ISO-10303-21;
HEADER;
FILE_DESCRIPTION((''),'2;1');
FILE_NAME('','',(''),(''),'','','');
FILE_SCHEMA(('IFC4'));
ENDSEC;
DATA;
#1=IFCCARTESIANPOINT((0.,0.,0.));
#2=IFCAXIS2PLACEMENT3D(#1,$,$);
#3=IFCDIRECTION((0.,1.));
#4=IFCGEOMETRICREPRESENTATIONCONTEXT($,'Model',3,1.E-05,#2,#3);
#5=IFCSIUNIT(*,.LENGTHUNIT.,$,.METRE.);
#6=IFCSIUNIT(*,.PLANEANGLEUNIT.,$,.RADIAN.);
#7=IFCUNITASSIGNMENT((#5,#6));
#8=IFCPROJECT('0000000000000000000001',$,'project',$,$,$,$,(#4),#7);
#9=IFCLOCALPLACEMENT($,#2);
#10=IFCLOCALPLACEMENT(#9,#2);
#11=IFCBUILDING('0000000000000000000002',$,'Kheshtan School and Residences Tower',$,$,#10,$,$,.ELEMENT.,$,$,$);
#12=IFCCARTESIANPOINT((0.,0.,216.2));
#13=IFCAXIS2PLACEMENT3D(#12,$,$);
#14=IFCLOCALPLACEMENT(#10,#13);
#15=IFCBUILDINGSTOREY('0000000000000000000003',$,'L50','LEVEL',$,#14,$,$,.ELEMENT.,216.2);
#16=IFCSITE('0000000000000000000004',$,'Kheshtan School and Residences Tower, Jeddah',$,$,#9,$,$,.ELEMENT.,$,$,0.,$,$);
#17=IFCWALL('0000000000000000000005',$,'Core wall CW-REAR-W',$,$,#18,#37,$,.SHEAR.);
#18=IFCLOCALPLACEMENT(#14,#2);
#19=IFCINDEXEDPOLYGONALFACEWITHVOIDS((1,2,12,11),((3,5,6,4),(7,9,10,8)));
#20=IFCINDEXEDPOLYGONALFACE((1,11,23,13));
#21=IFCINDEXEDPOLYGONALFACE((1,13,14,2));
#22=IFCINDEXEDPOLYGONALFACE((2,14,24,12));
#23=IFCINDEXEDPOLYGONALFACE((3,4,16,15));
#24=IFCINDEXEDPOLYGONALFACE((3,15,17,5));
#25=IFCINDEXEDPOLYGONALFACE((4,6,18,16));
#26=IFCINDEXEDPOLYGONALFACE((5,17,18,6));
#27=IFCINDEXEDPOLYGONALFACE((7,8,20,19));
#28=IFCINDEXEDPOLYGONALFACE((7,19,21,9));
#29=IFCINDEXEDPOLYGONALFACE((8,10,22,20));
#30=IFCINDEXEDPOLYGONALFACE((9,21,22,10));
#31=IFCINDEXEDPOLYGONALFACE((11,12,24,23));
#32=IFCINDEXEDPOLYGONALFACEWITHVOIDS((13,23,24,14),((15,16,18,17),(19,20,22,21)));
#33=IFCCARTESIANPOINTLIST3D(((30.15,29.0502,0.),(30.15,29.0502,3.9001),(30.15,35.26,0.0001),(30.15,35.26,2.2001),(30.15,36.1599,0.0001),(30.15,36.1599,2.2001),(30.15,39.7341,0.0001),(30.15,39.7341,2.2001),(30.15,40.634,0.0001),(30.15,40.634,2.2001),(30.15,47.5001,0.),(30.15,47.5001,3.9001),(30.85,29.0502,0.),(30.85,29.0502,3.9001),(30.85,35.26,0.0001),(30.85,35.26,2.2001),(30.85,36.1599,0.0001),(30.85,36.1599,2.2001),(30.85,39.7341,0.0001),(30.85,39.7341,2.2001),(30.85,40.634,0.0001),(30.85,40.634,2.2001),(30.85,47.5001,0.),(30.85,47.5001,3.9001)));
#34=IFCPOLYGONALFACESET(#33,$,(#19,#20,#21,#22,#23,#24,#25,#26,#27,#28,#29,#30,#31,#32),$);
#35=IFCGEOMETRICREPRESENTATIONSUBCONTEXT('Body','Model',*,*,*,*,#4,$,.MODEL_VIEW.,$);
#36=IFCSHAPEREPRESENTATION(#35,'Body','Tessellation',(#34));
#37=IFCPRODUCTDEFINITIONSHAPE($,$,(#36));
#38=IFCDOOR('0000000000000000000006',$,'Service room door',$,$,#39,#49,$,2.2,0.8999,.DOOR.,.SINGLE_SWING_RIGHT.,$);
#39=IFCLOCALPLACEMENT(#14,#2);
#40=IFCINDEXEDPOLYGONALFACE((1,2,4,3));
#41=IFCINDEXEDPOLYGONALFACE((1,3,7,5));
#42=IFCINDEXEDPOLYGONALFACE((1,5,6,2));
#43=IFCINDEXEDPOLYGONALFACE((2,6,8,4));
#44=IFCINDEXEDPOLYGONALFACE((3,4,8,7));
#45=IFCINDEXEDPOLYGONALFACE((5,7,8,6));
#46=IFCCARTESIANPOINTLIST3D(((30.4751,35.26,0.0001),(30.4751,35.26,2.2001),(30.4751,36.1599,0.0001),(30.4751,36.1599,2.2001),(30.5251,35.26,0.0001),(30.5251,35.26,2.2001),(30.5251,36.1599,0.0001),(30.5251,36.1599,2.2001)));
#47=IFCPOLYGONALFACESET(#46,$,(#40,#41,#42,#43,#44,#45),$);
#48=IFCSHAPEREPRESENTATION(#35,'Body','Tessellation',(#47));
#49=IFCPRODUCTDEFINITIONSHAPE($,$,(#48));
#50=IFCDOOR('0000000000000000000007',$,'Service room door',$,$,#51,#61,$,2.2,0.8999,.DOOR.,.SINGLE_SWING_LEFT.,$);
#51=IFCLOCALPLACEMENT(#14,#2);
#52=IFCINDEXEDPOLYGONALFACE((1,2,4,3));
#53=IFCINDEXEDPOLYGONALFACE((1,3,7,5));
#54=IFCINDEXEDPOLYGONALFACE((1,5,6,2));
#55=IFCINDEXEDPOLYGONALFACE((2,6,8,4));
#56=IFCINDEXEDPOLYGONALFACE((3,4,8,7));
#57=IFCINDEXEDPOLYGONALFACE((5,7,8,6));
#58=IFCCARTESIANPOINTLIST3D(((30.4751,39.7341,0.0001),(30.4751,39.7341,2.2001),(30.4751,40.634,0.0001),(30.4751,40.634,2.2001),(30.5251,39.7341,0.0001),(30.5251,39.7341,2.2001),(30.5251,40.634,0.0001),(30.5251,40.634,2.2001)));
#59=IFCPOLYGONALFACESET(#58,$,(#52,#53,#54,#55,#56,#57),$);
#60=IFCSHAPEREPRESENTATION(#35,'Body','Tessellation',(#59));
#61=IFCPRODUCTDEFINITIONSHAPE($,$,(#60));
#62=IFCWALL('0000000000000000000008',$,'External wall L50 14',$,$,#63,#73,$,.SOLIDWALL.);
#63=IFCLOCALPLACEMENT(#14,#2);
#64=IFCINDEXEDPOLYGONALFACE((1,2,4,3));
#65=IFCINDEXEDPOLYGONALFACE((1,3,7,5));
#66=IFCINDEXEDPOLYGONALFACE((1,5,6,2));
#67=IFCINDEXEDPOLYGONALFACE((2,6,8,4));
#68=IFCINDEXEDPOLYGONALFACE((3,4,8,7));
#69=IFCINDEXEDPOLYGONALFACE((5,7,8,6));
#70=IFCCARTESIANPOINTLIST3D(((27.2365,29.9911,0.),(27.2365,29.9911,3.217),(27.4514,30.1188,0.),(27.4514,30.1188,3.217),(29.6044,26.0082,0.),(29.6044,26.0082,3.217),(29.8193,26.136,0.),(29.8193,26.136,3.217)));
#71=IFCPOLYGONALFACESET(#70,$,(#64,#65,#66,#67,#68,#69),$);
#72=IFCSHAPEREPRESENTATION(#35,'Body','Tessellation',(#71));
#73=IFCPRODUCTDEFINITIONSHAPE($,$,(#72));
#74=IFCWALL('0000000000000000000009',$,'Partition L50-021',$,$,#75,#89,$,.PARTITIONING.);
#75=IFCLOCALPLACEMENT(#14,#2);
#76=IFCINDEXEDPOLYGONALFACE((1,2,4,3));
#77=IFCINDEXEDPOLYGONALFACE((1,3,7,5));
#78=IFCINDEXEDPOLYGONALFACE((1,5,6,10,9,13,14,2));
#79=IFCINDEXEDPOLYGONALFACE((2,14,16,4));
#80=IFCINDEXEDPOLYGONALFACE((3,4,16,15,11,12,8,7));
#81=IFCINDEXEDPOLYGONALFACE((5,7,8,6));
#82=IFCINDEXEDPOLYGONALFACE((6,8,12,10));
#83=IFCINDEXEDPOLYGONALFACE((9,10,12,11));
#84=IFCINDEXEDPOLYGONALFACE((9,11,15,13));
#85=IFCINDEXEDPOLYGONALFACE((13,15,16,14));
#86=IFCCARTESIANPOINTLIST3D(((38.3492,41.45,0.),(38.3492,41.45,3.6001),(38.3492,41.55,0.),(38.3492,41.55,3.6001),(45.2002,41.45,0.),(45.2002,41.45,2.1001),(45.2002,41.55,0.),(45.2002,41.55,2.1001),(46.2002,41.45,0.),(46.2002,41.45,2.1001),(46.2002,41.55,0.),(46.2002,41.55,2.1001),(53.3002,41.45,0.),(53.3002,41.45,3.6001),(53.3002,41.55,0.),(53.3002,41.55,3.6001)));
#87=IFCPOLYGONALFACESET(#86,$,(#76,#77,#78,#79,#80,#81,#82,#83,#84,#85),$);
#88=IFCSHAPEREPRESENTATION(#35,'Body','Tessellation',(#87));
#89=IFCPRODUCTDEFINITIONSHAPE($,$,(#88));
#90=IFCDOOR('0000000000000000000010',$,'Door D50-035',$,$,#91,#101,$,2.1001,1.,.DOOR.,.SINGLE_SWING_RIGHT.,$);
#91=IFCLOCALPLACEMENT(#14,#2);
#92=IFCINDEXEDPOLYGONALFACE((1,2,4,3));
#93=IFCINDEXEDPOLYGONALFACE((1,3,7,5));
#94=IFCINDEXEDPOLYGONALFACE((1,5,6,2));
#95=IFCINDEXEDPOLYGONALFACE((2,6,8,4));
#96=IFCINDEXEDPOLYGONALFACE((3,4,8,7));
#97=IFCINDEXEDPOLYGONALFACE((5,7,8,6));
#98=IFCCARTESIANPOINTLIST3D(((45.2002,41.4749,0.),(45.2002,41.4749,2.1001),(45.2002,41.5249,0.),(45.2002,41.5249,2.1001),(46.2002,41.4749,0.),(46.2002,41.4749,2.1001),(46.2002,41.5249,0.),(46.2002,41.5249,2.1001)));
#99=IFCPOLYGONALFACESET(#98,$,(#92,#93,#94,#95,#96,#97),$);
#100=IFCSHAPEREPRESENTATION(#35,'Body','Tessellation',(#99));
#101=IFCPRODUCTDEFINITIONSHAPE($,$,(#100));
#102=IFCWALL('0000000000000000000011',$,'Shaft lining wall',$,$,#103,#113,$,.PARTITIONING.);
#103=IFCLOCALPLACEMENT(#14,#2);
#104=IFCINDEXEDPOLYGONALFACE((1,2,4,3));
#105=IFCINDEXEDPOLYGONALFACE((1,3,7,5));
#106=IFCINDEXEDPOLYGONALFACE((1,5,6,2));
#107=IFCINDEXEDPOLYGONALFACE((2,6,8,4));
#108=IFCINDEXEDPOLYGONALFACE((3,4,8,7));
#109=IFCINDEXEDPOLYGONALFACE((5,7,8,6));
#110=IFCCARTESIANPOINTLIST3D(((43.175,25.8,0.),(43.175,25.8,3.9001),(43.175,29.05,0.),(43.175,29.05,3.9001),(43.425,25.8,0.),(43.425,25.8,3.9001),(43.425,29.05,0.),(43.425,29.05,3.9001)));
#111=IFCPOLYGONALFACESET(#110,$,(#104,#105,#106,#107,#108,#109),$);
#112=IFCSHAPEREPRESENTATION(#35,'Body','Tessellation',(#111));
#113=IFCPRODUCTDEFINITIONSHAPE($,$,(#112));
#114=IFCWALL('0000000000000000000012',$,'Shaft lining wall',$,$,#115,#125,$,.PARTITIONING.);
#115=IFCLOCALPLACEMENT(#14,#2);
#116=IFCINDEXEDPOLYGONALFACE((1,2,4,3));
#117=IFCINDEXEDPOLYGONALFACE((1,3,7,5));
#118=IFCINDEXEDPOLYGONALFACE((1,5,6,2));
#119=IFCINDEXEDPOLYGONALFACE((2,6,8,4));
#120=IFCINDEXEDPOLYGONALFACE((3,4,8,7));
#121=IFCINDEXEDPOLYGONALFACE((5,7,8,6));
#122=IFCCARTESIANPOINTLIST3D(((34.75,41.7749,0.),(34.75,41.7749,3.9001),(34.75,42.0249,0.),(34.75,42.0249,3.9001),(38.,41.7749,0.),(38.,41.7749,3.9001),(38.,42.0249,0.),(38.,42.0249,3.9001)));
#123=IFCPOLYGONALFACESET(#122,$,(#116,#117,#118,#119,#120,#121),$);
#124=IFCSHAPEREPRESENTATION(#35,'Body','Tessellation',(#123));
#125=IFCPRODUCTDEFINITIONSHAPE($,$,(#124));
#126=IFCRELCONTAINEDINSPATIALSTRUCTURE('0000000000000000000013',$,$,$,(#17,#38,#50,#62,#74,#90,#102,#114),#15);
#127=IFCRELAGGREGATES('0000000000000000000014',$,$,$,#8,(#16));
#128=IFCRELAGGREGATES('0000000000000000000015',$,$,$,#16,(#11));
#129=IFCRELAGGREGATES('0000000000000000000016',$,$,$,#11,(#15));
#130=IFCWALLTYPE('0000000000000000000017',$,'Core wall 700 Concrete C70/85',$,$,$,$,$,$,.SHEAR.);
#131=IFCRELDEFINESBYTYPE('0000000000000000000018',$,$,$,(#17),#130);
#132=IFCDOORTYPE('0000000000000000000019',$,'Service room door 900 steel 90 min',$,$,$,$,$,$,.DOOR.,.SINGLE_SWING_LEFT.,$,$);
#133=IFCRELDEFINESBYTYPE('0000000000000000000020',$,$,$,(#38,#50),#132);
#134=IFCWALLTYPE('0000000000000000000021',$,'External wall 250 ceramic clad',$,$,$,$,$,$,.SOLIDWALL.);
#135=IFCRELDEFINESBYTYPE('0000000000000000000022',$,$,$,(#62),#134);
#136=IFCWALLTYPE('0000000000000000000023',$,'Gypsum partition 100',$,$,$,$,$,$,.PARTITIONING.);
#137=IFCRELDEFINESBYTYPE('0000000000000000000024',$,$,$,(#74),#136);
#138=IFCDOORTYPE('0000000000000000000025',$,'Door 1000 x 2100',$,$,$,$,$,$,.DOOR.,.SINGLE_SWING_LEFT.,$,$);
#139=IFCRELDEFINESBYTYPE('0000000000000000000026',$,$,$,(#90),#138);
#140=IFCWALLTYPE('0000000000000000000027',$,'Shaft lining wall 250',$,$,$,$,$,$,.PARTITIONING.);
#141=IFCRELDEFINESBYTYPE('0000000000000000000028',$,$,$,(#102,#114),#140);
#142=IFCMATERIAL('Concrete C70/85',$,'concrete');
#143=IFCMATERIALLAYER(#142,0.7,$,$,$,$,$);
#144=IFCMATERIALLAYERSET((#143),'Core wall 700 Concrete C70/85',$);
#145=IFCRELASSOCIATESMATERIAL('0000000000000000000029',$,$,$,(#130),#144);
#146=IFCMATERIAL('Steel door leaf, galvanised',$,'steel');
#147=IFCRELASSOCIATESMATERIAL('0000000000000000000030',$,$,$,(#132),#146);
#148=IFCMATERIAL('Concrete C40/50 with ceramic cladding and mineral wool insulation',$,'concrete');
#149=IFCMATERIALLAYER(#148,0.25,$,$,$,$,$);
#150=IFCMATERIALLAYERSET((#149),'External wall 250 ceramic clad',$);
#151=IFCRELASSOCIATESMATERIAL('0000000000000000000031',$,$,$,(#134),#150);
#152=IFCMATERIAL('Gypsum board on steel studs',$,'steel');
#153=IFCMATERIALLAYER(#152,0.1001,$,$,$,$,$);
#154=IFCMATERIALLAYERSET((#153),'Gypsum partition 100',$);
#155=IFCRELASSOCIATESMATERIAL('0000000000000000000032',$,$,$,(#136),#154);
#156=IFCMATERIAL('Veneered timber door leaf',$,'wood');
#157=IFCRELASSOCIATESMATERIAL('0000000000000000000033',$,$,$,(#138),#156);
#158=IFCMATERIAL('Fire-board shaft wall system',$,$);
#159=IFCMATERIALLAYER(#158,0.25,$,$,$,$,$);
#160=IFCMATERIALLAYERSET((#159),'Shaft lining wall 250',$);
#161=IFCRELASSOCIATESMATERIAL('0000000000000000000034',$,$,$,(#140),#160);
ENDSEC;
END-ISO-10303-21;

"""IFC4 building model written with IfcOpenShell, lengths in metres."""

from ifc_helpers import new_model, si_unit, direction, frame, frame_2d, origin, place, context, subcontext, project, spatial, rectangle, extrude, source, transform, mapped, material, layer, layer_set, type_object, element, fill, save


model = new_model("IFC4")

# Units and contexts
model_context = context("Model", 3, precision=1e-05, world=origin(), true_north=direction((0.0, 1.0)))
body_context = subcontext(model_context, "Body", "Model", "MODEL_VIEW")
ifc_project = project(units=[si_unit("LENGTHUNIT", "METRE"), si_unit("PLANEANGLEUNIT", "RADIAN")], contexts=[model_context])

# Site, building, storey
site_placement = place(None, origin())
site = spatial("IfcSite", under=ifc_project, at=site_placement, Name="Kheshtan School and Residences Tower, Jeddah", CompositionType="ELEMENT", RefElevation=0.0)
building_placement = place(site_placement, origin())
building = spatial("IfcBuilding", under=site, at=building_placement, Name="Kheshtan School and Residences Tower", CompositionType="ELEMENT")
storey_placement = place(building_placement, frame((0.0, 0.0, 216.2)))
storey = spatial("IfcBuildingStorey", under=building, at=storey_placement, Name="L50", Description="LEVEL", CompositionType="ELEMENT", Elevation=216.2)

# Shared definitions
ifc_material_1 = material(Name="Steel door leaf, galvanised", Category="steel")

# Shared definitions
ifc_material_2 = material(Name="Concrete C70/85", Category="concrete")
ifc_layer_1 = layer(ifc_material_2, 0.7)
ifc_layer_set_1 = layer_set([ifc_layer_1], Name="Core wall 700 Concrete C70/85")
wall_type_1 = type_object("IfcWallType", Name="Core wall 700 Concrete C70/85", PredefinedType="SHEAR", material=ifc_layer_set_1)

# Wall, openings, doors
wall_1_placement = place(storey_placement, frame((30.5, 29.05, 0.0), z_axis=(0.0, 0.0, 1.0), x_axis=(0.0, 1.0, 0.0)))
wall_1 = element("IfcWall", 1, at=wall_1_placement, inside=storey, type_object=wall_type_1, Name="Core wall CW-REAR-W", PredefinedType="SHEAR", context=body_context, shape_type="SweptSolid", body=[
    extrude(rectangle(XDim=18.45, YDim=0.7, at=frame_2d((9.2251, 0.0))), origin(), (0.0, 0.0, 1.0), 3.9001),
])
opening_1_placement = place(wall_1_placement, frame((6.21, 0.0, 0.0)))
opening_1 = element("IfcOpeningElement", 2, at=opening_1_placement, cuts=wall_1, PredefinedType="OPENING", context=body_context, shape_type="SweptSolid", body=[
    extrude(rectangle(XDim=0.8999, YDim=2.2, at=frame_2d((0.45, 1.1001))), frame((0.0, 0.3599, 0.0), z_axis=(0.0, -1.0, 0.0), x_axis=(1.0, 0.0, 0.0)), (0.0, 0.0, 1.0), 0.72),
])
opening_2_placement = place(wall_1_placement, frame((10.6841, 0.0, 0.0)))
opening_2 = element("IfcOpeningElement", 3, at=opening_2_placement, cuts=wall_1, PredefinedType="OPENING", context=body_context, shape_type="SweptSolid", body=[
    extrude(rectangle(XDim=0.8999, YDim=2.2, at=frame_2d((0.45, 1.1001))), frame((0.0, 0.3599, 0.0), z_axis=(0.0, -1.0, 0.0), x_axis=(1.0, 0.0, 0.0)), (0.0, 0.0, 1.0), 0.72),
])
door_type_1 = type_object("IfcDoorType", Name="Service room door 900 steel 90 min", OperationType="SINGLE_SWING_LEFT", PredefinedType="DOOR", material=ifc_material_1)
shared_shape_1 = source(origin(), body_context, "Body", "SweptSolid", [
    extrude(rectangle(XDim=0.8999, YDim=2.2, at=frame_2d((0.45, 1.1001))), frame((0.0, 0.0249, 0.0), z_axis=(0.0, -1.0, 0.0), x_axis=(1.0, 0.0, 0.0)), (0.0, 0.0, 1.0), 0.05),
])
door_1_placement = place(opening_1_placement, origin())
door_1 = element("IfcDoor", 4, at=door_1_placement, inside=storey, type_object=door_type_1, Name="Service room door", OperationType="SINGLE_SWING_RIGHT", OverallHeight=2.2, OverallWidth=0.8999, PredefinedType="DOOR", context=body_context, shape_type="MappedRepresentation", body=[
    mapped(shared_shape_1, transform((0.0, 0.0, 0.0), x_axis=(1.0, 0.0, 0.0), y_axis=(0.0, 1.0, 0.0), z_axis=(0.0, 0.0, 1.0), scale=1.0)),
])
fill(opening_1, door_1)
door_2_placement = place(opening_2_placement, origin())
door_2 = element("IfcDoor", 5, at=door_2_placement, inside=storey, type_object=door_type_1, Name="Service room door", OperationType="SINGLE_SWING_LEFT", OverallHeight=2.2, OverallWidth=0.8999, PredefinedType="DOOR", context=body_context, shape_type="MappedRepresentation", body=[
    mapped(shared_shape_1, transform((0.0, 0.0, 0.0), x_axis=(1.0, 0.0, 0.0), y_axis=(0.0, 1.0, 0.0), z_axis=(0.0, 0.0, 1.0), scale=1.0)),
])
fill(opening_2, door_2)

# Wall
ifc_material_3 = material(Name="Concrete C40/50 with ceramic cladding and mineral wool insulation", Category="concrete")
ifc_layer_2 = layer(ifc_material_3, 0.25)
ifc_layer_set_2 = layer_set([ifc_layer_2], Name="External wall 250 ceramic clad")
wall_type_2 = type_object("IfcWallType", Name="External wall 250 ceramic clad", PredefinedType="SOLIDWALL", material=ifc_layer_set_2)
wall_2_placement = place(storey_placement, frame((29.7119, 26.072, 0.0), z_axis=(0.0, 0.0, 1.0), x_axis=(-0.511028, 0.859564, 0.0)))
element("IfcWall", 6, at=wall_2_placement, inside=storey, type_object=wall_type_2, Name="External wall L50 14", PredefinedType="SOLIDWALL", context=body_context, shape_type="SweptSolid", body=[
    extrude(rectangle(XDim=4.6335, YDim=0.25, at=frame_2d((2.3169, 0.0))), origin(), (0.0, 0.0, 1.0), 3.217),
])

# Wall, opening, door
ifc_material_4 = material(Name="Gypsum board on steel studs", Category="steel")
ifc_layer_3 = layer(ifc_material_4, 0.1001)
ifc_layer_set_3 = layer_set([ifc_layer_3], Name="Gypsum partition 100")
wall_type_3 = type_object("IfcWallType", Name="Gypsum partition 100", PredefinedType="PARTITIONING", material=ifc_layer_set_3)
wall_3_placement = place(storey_placement, frame((38.3491, 41.5, 0.0), z_axis=(0.0, 0.0, 1.0), x_axis=(1.0, 0.0, 0.0)))
wall_3 = element("IfcWall", 7, at=wall_3_placement, inside=storey, type_object=wall_type_3, Name="Partition L50-021", PredefinedType="PARTITIONING", context=body_context, shape_type="SweptSolid", body=[
    extrude(rectangle(XDim=14.9509, YDim=0.1001, at=frame_2d((7.4756, 0.0))), origin(), (0.0, 0.0, 1.0), 3.6001),
])
opening_3_placement = place(wall_3_placement, frame((6.8511, 0.0, 0.0)))
opening_3 = element("IfcOpeningElement", 8, at=opening_3_placement, cuts=wall_3, PredefinedType="OPENING", context=body_context, shape_type="SweptSolid", body=[
    extrude(rectangle(XDim=1.0, YDim=2.1001, at=frame_2d((0.5, 1.05))), frame((0.0, 0.0601, 0.0), z_axis=(0.0, -1.0, 0.0), x_axis=(1.0, 0.0, 0.0)), (0.0, 0.0, 1.0), 0.1201),
])
ifc_material_5 = material(Name="Veneered timber door leaf", Category="wood")
door_type_2 = type_object("IfcDoorType", Name="Door 1000 x 2100", OperationType="SINGLE_SWING_LEFT", PredefinedType="DOOR", material=ifc_material_5)
shared_shape_2 = source(origin(), body_context, "Body", "SweptSolid", [
    extrude(rectangle(XDim=1.0, YDim=2.1001, at=frame_2d((0.5, 1.05))), frame((0.0, 0.0249, 0.0), z_axis=(0.0, -1.0, 0.0), x_axis=(1.0, 0.0, 0.0)), (0.0, 0.0, 1.0), 0.05),
])
door_3_placement = place(opening_3_placement, origin())
door_3 = element("IfcDoor", 9, at=door_3_placement, inside=storey, type_object=door_type_2, Name="Door D50-035", OperationType="SINGLE_SWING_RIGHT", OverallHeight=2.1001, OverallWidth=1.0, PredefinedType="DOOR", context=body_context, shape_type="MappedRepresentation", body=[
    mapped(shared_shape_2, transform((0.0, 0.0, 0.0), x_axis=(1.0, 0.0, 0.0), y_axis=(0.0, 1.0, 0.0), z_axis=(0.0, 0.0, 1.0), scale=1.0)),
])
fill(opening_3, door_3)

# Walls
ifc_material_6 = material(Name="Fire-board shaft wall system")
ifc_layer_4 = layer(ifc_material_6, 0.25)
ifc_layer_set_4 = layer_set([ifc_layer_4], Name="Shaft lining wall 250")
wall_type_4 = type_object("IfcWallType", Name="Shaft lining wall 250", PredefinedType="PARTITIONING", material=ifc_layer_set_4)
for number, where, z_axis, x_axis, name in (
    (10, (43.3, 25.8, 0.0), (0.0, 0.0, 1.0), (0.0, 1.0, 0.0), "Shaft lining wall"),
    (11, (34.75, 41.8999, 0.0), (0.0, 0.0, 1.0), (1.0, 0.0, 0.0), "Shaft lining wall"),
):
    element("IfcWall", number, at=place(storey_placement, frame(where, z_axis=z_axis, x_axis=x_axis)), inside=storey, type_object=wall_type_4, Name=name, PredefinedType="PARTITIONING", context=body_context, shape_type="SweptSolid", body=[
        extrude(rectangle(XDim=3.25, YDim=0.25, at=frame_2d((1.625, 0.0))), origin(), (0.0, 0.0, 1.0), 3.9001),
    ])

save(model, "model.ifc")
